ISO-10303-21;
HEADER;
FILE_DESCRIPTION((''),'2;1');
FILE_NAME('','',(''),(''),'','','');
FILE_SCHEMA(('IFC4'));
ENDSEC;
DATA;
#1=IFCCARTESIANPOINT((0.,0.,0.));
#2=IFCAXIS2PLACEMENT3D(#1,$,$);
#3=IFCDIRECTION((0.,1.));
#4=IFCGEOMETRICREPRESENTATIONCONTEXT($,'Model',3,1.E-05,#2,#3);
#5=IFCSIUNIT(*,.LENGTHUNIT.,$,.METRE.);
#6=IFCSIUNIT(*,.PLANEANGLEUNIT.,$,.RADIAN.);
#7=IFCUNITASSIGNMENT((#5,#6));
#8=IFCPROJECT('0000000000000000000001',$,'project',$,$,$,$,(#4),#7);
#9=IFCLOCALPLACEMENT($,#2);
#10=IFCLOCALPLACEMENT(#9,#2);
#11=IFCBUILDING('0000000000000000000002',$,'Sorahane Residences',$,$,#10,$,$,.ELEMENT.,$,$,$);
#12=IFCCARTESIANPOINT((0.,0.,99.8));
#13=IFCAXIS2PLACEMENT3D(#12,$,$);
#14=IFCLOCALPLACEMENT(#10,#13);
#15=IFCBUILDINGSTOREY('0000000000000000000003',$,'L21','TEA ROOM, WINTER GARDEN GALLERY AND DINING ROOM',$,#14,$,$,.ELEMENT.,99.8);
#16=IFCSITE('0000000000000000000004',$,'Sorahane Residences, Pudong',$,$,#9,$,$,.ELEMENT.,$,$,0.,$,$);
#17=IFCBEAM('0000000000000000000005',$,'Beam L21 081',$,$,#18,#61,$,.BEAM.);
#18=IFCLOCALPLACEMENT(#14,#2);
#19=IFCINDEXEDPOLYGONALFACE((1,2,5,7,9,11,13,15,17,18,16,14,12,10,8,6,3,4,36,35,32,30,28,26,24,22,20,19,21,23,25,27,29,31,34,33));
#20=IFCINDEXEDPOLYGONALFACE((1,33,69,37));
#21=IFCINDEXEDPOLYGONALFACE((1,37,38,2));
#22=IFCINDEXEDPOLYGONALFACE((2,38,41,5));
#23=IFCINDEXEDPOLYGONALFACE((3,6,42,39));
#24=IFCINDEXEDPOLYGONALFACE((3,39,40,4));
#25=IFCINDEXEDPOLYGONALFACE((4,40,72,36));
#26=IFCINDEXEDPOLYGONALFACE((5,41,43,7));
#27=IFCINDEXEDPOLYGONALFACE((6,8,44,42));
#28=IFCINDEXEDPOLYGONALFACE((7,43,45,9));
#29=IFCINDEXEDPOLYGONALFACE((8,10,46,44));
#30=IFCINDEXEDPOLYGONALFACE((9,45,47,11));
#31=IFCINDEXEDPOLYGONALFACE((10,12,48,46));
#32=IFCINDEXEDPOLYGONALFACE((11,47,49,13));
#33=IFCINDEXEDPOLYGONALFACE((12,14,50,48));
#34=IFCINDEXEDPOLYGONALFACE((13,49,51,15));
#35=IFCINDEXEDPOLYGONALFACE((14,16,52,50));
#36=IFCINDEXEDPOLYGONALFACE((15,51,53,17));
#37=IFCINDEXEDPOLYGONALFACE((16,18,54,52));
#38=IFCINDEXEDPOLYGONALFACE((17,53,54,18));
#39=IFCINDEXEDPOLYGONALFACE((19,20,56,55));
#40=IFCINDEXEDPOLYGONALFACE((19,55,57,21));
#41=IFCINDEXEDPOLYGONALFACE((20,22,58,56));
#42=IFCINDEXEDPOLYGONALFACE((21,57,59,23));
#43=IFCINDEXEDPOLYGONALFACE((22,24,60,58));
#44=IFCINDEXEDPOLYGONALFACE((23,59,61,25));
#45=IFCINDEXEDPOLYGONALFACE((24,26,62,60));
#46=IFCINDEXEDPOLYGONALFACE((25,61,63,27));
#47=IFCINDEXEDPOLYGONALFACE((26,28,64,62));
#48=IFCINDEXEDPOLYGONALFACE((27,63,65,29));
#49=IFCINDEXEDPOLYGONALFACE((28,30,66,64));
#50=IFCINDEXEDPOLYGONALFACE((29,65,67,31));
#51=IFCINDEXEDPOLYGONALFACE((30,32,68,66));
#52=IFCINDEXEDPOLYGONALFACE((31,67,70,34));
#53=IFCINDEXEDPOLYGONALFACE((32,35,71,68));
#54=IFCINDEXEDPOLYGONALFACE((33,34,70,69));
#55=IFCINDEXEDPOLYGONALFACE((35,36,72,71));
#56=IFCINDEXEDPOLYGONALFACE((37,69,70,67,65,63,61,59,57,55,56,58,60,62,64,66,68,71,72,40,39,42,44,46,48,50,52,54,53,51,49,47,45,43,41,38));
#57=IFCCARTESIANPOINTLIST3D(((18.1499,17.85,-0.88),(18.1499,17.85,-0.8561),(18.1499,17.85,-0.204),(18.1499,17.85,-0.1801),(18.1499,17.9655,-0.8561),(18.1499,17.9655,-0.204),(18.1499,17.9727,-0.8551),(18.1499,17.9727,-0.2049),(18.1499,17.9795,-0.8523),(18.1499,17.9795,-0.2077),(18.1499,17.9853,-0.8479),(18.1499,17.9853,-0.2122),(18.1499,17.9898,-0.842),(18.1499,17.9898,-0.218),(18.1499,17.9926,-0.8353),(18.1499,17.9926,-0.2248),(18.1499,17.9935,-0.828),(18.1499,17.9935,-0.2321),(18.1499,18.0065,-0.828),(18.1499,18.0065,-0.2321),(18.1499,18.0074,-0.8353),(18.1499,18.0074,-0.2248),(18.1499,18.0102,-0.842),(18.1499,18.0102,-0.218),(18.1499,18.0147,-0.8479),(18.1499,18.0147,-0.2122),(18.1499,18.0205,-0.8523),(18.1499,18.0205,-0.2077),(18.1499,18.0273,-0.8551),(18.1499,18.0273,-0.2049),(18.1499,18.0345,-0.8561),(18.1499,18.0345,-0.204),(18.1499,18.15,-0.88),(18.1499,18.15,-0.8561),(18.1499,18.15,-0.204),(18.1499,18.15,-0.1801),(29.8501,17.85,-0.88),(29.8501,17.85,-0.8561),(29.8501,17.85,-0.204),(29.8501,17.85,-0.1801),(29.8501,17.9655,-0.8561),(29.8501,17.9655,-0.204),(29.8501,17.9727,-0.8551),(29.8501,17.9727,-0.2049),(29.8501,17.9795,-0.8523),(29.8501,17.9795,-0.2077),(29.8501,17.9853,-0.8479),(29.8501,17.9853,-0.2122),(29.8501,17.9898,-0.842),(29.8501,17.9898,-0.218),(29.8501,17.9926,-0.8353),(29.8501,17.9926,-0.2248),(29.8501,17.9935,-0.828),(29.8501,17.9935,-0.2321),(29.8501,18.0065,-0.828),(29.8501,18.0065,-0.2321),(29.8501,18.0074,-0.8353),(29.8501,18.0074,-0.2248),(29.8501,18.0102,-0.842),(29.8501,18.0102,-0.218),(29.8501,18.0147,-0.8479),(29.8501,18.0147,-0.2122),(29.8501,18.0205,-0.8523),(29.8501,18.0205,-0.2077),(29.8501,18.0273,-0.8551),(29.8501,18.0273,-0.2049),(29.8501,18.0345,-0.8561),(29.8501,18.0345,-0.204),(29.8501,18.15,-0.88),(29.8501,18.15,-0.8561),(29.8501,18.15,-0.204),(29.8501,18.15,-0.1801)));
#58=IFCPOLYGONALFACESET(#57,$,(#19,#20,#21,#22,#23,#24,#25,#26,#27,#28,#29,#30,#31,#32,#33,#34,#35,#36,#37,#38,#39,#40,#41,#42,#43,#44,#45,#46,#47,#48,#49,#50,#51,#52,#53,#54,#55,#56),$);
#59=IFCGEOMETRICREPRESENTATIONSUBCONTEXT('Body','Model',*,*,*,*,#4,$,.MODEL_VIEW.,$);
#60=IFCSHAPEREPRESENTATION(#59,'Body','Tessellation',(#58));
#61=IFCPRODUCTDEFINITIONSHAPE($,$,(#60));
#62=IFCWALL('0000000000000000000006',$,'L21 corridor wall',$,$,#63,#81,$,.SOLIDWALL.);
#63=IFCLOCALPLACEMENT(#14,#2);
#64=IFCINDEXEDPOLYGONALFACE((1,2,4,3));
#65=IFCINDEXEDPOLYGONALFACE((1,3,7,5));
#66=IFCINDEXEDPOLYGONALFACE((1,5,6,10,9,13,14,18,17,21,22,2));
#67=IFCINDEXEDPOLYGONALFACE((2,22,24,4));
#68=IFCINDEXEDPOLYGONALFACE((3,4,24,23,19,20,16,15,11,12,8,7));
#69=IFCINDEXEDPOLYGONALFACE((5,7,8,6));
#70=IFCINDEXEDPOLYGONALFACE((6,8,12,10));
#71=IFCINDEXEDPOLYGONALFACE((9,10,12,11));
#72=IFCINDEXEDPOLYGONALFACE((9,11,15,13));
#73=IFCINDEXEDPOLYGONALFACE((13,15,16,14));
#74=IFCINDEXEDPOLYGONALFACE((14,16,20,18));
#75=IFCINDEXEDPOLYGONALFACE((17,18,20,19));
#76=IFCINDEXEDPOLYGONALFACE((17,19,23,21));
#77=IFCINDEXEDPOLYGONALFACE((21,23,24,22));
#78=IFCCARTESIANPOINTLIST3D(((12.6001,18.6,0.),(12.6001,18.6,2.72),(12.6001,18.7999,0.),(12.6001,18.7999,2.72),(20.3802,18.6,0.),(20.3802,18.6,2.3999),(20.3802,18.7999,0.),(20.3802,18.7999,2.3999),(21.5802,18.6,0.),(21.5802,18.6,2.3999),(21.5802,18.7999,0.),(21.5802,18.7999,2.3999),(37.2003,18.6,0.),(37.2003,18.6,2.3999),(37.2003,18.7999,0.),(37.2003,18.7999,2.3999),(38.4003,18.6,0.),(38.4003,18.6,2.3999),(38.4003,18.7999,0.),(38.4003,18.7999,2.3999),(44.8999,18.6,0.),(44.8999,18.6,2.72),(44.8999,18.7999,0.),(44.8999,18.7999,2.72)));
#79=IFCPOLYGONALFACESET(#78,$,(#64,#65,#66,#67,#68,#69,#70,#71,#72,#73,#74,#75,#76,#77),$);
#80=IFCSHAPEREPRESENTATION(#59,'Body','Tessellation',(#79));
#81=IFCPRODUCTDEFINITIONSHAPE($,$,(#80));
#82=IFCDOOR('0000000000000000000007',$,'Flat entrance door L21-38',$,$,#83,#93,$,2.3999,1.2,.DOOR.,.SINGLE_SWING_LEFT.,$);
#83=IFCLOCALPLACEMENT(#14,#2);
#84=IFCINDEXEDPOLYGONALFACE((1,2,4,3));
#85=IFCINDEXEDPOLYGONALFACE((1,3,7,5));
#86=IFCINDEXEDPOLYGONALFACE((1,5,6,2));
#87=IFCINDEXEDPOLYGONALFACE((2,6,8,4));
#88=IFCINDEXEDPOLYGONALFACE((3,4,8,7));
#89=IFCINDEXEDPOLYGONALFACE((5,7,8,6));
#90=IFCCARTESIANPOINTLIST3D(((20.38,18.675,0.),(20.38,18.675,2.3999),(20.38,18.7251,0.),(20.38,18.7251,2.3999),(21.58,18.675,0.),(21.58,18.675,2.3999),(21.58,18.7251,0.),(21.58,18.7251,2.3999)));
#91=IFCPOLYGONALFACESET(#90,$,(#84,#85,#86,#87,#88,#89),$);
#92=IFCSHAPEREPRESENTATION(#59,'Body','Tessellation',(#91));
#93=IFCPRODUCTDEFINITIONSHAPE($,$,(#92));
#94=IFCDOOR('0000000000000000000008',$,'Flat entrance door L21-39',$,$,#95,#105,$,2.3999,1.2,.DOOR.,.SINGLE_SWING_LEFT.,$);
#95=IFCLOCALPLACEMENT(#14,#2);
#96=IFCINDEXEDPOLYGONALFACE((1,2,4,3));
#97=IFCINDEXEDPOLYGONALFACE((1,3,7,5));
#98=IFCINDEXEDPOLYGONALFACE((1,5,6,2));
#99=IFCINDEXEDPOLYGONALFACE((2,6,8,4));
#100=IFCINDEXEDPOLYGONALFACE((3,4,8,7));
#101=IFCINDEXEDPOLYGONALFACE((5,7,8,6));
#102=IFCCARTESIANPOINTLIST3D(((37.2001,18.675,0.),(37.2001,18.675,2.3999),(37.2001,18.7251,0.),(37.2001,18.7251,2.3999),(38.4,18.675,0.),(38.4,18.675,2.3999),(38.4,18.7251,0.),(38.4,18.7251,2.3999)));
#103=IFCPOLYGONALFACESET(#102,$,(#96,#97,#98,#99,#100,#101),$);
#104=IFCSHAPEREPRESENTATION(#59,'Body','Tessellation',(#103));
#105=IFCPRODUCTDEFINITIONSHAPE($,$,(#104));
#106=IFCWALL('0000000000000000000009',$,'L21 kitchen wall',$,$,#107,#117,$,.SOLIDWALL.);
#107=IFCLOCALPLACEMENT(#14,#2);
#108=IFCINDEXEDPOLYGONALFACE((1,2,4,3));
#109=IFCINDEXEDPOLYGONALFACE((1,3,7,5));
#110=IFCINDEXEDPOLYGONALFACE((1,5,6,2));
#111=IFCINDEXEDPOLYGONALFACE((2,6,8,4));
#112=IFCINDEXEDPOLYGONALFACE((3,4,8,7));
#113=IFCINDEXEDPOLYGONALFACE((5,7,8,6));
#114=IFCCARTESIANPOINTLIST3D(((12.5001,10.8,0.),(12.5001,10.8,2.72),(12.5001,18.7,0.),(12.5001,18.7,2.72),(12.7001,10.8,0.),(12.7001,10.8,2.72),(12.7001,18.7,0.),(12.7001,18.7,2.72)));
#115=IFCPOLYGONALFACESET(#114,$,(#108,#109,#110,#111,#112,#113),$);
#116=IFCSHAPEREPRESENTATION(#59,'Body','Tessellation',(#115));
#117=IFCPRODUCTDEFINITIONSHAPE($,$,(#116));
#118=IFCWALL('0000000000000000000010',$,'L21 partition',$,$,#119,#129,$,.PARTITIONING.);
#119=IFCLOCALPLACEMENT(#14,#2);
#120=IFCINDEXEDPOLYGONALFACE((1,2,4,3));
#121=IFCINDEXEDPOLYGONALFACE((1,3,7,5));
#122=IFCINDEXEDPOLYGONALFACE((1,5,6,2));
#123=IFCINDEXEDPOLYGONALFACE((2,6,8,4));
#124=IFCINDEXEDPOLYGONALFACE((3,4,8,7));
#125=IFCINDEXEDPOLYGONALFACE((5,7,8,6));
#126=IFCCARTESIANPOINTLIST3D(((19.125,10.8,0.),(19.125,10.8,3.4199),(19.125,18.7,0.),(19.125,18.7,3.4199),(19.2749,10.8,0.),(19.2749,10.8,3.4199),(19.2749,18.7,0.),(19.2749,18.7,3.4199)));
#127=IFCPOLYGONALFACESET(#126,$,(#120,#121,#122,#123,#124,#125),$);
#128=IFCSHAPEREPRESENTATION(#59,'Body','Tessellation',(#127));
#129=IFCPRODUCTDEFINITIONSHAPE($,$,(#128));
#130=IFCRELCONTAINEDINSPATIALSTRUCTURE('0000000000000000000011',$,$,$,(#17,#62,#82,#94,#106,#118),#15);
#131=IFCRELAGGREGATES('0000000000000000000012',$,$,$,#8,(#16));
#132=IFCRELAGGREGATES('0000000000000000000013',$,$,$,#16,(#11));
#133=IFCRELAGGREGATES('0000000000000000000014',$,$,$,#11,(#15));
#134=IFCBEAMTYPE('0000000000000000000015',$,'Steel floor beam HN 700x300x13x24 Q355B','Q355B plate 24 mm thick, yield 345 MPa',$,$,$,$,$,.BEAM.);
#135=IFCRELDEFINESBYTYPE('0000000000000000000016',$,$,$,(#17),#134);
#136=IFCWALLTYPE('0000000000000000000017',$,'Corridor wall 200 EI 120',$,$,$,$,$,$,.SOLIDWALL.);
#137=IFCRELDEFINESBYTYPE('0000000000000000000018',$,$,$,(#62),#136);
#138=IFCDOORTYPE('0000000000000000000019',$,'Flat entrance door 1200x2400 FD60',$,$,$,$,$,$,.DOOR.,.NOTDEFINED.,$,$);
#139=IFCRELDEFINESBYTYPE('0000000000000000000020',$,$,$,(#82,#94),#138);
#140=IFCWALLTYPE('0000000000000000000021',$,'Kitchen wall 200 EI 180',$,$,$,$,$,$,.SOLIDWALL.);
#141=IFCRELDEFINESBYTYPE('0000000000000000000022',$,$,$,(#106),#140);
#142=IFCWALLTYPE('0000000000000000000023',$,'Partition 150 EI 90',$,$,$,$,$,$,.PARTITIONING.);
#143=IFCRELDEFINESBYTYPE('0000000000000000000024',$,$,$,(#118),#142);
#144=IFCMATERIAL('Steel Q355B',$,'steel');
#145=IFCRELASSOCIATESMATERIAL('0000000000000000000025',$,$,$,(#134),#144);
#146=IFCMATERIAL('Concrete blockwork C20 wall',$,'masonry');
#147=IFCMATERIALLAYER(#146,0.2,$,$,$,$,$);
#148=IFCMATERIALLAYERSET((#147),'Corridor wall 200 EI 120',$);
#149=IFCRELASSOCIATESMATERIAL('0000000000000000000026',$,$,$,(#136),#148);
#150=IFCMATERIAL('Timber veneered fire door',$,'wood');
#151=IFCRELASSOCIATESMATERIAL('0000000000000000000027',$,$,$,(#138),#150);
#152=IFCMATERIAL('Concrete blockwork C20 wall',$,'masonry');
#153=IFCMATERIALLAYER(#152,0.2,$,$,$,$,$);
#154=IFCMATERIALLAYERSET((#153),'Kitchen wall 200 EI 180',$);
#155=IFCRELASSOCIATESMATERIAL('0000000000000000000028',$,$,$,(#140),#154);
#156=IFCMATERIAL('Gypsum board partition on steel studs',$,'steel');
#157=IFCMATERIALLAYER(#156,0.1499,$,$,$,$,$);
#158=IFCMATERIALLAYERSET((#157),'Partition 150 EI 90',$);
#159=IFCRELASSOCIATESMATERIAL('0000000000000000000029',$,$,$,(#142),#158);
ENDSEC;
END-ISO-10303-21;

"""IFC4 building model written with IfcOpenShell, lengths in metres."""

from ifc_helpers import new_model, si_unit, direction, frame, frame_2d, origin, origin_2d, place, context, subcontext, project, spatial, rectangle, i_section, extrude, material, layer, layer_set, material_profile, profile_set, type_object, element, fill, save


model = new_model("IFC4")

# Units and contexts
model_context = context("Model", 3, precision=1e-05, world=origin(), true_north=direction((0.0, 1.0)))
body_context = subcontext(model_context, "Body", "Model", "MODEL_VIEW")
ifc_project = project(units=[si_unit("LENGTHUNIT", "METRE"), si_unit("PLANEANGLEUNIT", "RADIAN")], contexts=[model_context])

# Site, building, storey
site_placement = place(None, origin())
site = spatial("IfcSite", under=ifc_project, at=site_placement, Name="Sorahane Residences, Pudong", CompositionType="ELEMENT", RefElevation=0.0)
building_placement = place(site_placement, origin())
building = spatial("IfcBuilding", under=site, at=building_placement, Name="Sorahane Residences", CompositionType="ELEMENT")
storey_placement = place(building_placement, frame((0.0, 0.0, 99.8)))
storey = spatial("IfcBuildingStorey", under=building, at=storey_placement, Name="L21", Description="TEA ROOM, WINTER GARDEN GALLERY AND DINING ROOM", CompositionType="ELEMENT", Elevation=99.8)

# Beam
ifc_material_1 = material(Name="Steel Q355B", Category="steel")
ifc_material_profile_1 = material_profile(ifc_material_1, i_section(OverallWidth=0.3, OverallDepth=0.7, WebThickness=0.0129, FlangeThickness=0.0239, FilletRadius=0.0281, at=origin_2d()), Name="HN 700x300x13x24")
ifc_profile_set_1 = profile_set([ifc_material_profile_1], Name="Steel Q355B")
beam_type_1 = type_object("IfcBeamType", Name="Steel floor beam HN 700x300x13x24 Q355B", Description="Q355B plate 24 mm thick, yield 345 MPa", PredefinedType="BEAM", material=ifc_profile_set_1)
beam_1_placement = place(storey_placement, frame((18.1499, 18.0, -0.53), z_axis=(1.0, 0.0, 0.0), x_axis=(0.0, 1.0, 0.0)))
element("IfcBeam", 1, at=beam_1_placement, inside=storey, type_object=beam_type_1, Name="Beam L21 081", PredefinedType="BEAM", context=body_context, shape_type="SweptSolid", body=[
    extrude(i_section(OverallWidth=0.3, OverallDepth=0.7, WebThickness=0.0129, FlangeThickness=0.0239, FilletRadius=0.0281, at=origin_2d()), origin(), (0.0, 0.0, 1.0), 11.7002),
])

# Wall, openings, doors
ifc_material_2 = material(Name="Concrete blockwork C20 wall", Category="masonry")
ifc_layer_1 = layer(ifc_material_2, 0.2)
ifc_layer_set_1 = layer_set([ifc_layer_1], Name="Corridor wall 200 EI 120")
wall_type_1 = type_object("IfcWallType", Name="Corridor wall 200 EI 120", PredefinedType="SOLIDWALL", material=ifc_layer_set_1)
wall_1_placement = place(storey_placement, frame((12.6001, 18.7, 0.0), z_axis=(0.0, 0.0, 1.0), x_axis=(1.0, 0.0, 0.0)))
wall_1 = element("IfcWall", 2, at=wall_1_placement, inside=storey, type_object=wall_type_1, Name="L21 corridor wall", PredefinedType="SOLIDWALL", context=body_context, shape_type="SweptSolid", body=[
    extrude(rectangle(XDim=32.2998, YDim=0.2, at=frame_2d((16.1499, 0.0))), origin(), (0.0, 0.0, 1.0), 2.72),
])
opening_1_placement = place(wall_1_placement, frame((7.78, 0.0, 0.0)))
opening_1 = element("IfcOpeningElement", 3, at=opening_1_placement, cuts=wall_1, PredefinedType="OPENING", context=body_context, shape_type="SweptSolid", body=[
    extrude(rectangle(XDim=1.2, YDim=2.3999, at=frame_2d((0.6001, 1.2))), frame((0.0, 0.1099, 0.0), z_axis=(0.0, -1.0, 0.0), x_axis=(1.0, 0.0, 0.0)), (0.0, 0.0, 1.0), 0.22),
])
opening_2_placement = place(wall_1_placement, frame((24.6001, 0.0, 0.0)))
opening_2 = element("IfcOpeningElement", 4, at=opening_2_placement, cuts=wall_1, PredefinedType="OPENING", context=body_context, shape_type="SweptSolid", body=[
    extrude(rectangle(XDim=1.2, YDim=2.3999, at=frame_2d((0.6001, 1.2))), frame((0.0, 0.1099, 0.0), z_axis=(0.0, -1.0, 0.0), x_axis=(1.0, 0.0, 0.0)), (0.0, 0.0, 1.0), 0.22),
])
ifc_material_3 = material(Name="Timber veneered fire door", Category="wood")
door_type_1 = type_object("IfcDoorType", Name="Flat entrance door 1200x2400 FD60", OperationType="NOTDEFINED", PredefinedType="DOOR", material=ifc_material_3)
door_1_placement = place(opening_1_placement, frame((1.2, 0.0, 0.0), z_axis=(0.0, 0.0, 1.0), x_axis=(-1.0, 0.0, 0.0)))
door_1 = element("IfcDoor", 5, at=door_1_placement, inside=storey, type_object=door_type_1, Name="Flat entrance door L21-38", OperationType="SINGLE_SWING_LEFT", OverallHeight=2.3999, OverallWidth=1.2, PredefinedType="DOOR", context=body_context, shape_type="SweptSolid", body=[
    extrude(rectangle(XDim=1.2, YDim=2.3999, at=frame_2d((0.6001, 1.2))), frame((0.0, 0.0249, 0.0), z_axis=(0.0, -1.0, 0.0), x_axis=(1.0, 0.0, 0.0)), (0.0, 0.0, 1.0), 0.05),
])
fill(opening_1, door_1)
door_2_placement = place(opening_2_placement, frame((1.2, 0.0, 0.0), z_axis=(0.0, 0.0, 1.0), x_axis=(-1.0, 0.0, 0.0)))
door_2 = element("IfcDoor", 6, at=door_2_placement, inside=storey, type_object=door_type_1, Name="Flat entrance door L21-39", OperationType="SINGLE_SWING_LEFT", OverallHeight=2.3999, OverallWidth=1.2, PredefinedType="DOOR", context=body_context, shape_type="SweptSolid", body=[
    extrude(rectangle(XDim=1.2, YDim=2.3999, at=frame_2d((0.6001, 1.2))), frame((0.0, 0.0249, 0.0), z_axis=(0.0, -1.0, 0.0), x_axis=(1.0, 0.0, 0.0)), (0.0, 0.0, 1.0), 0.05),
])
fill(opening_2, door_2)

# Walls
ifc_material_4 = material(Name="Concrete blockwork C20 wall", Category="masonry")
ifc_layer_2 = layer(ifc_material_4, 0.2)
ifc_layer_set_2 = layer_set([ifc_layer_2], Name="Kitchen wall 200 EI 180")
wall_type_2 = type_object("IfcWallType", Name="Kitchen wall 200 EI 180", PredefinedType="SOLIDWALL", material=ifc_layer_set_2)
wall_2_placement = place(storey_placement, frame((12.6001, 10.8, 0.0), z_axis=(0.0, 0.0, 1.0), x_axis=(0.0, 1.0, 0.0)))
element("IfcWall", 7, at=wall_2_placement, inside=storey, type_object=wall_type_2, Name="L21 kitchen wall", PredefinedType="SOLIDWALL", context=body_context, shape_type="SweptSolid", body=[
    extrude(rectangle(XDim=7.8999, YDim=0.2, at=frame_2d((3.95, 0.0))), origin(), (0.0, 0.0, 1.0), 2.72),
])
ifc_material_5 = material(Name="Gypsum board partition on steel studs", Category="steel")
ifc_layer_3 = layer(ifc_material_5, 0.1499)
ifc_layer_set_3 = layer_set([ifc_layer_3], Name="Partition 150 EI 90")
wall_type_3 = type_object("IfcWallType", Name="Partition 150 EI 90", PredefinedType="PARTITIONING", material=ifc_layer_set_3)
wall_3_placement = place(storey_placement, frame((19.2, 10.8, 0.0), z_axis=(0.0, 0.0, 1.0), x_axis=(0.0, 1.0, 0.0)))
element("IfcWall", 8, at=wall_3_placement, inside=storey, type_object=wall_type_3, Name="L21 partition", PredefinedType="PARTITIONING", context=body_context, shape_type="SweptSolid", body=[
    extrude(rectangle(XDim=7.8999, YDim=0.1499, at=frame_2d((3.95, 0.0))), origin(), (0.0, 0.0, 1.0), 3.4199),
])

save(model, "model.ifc")
